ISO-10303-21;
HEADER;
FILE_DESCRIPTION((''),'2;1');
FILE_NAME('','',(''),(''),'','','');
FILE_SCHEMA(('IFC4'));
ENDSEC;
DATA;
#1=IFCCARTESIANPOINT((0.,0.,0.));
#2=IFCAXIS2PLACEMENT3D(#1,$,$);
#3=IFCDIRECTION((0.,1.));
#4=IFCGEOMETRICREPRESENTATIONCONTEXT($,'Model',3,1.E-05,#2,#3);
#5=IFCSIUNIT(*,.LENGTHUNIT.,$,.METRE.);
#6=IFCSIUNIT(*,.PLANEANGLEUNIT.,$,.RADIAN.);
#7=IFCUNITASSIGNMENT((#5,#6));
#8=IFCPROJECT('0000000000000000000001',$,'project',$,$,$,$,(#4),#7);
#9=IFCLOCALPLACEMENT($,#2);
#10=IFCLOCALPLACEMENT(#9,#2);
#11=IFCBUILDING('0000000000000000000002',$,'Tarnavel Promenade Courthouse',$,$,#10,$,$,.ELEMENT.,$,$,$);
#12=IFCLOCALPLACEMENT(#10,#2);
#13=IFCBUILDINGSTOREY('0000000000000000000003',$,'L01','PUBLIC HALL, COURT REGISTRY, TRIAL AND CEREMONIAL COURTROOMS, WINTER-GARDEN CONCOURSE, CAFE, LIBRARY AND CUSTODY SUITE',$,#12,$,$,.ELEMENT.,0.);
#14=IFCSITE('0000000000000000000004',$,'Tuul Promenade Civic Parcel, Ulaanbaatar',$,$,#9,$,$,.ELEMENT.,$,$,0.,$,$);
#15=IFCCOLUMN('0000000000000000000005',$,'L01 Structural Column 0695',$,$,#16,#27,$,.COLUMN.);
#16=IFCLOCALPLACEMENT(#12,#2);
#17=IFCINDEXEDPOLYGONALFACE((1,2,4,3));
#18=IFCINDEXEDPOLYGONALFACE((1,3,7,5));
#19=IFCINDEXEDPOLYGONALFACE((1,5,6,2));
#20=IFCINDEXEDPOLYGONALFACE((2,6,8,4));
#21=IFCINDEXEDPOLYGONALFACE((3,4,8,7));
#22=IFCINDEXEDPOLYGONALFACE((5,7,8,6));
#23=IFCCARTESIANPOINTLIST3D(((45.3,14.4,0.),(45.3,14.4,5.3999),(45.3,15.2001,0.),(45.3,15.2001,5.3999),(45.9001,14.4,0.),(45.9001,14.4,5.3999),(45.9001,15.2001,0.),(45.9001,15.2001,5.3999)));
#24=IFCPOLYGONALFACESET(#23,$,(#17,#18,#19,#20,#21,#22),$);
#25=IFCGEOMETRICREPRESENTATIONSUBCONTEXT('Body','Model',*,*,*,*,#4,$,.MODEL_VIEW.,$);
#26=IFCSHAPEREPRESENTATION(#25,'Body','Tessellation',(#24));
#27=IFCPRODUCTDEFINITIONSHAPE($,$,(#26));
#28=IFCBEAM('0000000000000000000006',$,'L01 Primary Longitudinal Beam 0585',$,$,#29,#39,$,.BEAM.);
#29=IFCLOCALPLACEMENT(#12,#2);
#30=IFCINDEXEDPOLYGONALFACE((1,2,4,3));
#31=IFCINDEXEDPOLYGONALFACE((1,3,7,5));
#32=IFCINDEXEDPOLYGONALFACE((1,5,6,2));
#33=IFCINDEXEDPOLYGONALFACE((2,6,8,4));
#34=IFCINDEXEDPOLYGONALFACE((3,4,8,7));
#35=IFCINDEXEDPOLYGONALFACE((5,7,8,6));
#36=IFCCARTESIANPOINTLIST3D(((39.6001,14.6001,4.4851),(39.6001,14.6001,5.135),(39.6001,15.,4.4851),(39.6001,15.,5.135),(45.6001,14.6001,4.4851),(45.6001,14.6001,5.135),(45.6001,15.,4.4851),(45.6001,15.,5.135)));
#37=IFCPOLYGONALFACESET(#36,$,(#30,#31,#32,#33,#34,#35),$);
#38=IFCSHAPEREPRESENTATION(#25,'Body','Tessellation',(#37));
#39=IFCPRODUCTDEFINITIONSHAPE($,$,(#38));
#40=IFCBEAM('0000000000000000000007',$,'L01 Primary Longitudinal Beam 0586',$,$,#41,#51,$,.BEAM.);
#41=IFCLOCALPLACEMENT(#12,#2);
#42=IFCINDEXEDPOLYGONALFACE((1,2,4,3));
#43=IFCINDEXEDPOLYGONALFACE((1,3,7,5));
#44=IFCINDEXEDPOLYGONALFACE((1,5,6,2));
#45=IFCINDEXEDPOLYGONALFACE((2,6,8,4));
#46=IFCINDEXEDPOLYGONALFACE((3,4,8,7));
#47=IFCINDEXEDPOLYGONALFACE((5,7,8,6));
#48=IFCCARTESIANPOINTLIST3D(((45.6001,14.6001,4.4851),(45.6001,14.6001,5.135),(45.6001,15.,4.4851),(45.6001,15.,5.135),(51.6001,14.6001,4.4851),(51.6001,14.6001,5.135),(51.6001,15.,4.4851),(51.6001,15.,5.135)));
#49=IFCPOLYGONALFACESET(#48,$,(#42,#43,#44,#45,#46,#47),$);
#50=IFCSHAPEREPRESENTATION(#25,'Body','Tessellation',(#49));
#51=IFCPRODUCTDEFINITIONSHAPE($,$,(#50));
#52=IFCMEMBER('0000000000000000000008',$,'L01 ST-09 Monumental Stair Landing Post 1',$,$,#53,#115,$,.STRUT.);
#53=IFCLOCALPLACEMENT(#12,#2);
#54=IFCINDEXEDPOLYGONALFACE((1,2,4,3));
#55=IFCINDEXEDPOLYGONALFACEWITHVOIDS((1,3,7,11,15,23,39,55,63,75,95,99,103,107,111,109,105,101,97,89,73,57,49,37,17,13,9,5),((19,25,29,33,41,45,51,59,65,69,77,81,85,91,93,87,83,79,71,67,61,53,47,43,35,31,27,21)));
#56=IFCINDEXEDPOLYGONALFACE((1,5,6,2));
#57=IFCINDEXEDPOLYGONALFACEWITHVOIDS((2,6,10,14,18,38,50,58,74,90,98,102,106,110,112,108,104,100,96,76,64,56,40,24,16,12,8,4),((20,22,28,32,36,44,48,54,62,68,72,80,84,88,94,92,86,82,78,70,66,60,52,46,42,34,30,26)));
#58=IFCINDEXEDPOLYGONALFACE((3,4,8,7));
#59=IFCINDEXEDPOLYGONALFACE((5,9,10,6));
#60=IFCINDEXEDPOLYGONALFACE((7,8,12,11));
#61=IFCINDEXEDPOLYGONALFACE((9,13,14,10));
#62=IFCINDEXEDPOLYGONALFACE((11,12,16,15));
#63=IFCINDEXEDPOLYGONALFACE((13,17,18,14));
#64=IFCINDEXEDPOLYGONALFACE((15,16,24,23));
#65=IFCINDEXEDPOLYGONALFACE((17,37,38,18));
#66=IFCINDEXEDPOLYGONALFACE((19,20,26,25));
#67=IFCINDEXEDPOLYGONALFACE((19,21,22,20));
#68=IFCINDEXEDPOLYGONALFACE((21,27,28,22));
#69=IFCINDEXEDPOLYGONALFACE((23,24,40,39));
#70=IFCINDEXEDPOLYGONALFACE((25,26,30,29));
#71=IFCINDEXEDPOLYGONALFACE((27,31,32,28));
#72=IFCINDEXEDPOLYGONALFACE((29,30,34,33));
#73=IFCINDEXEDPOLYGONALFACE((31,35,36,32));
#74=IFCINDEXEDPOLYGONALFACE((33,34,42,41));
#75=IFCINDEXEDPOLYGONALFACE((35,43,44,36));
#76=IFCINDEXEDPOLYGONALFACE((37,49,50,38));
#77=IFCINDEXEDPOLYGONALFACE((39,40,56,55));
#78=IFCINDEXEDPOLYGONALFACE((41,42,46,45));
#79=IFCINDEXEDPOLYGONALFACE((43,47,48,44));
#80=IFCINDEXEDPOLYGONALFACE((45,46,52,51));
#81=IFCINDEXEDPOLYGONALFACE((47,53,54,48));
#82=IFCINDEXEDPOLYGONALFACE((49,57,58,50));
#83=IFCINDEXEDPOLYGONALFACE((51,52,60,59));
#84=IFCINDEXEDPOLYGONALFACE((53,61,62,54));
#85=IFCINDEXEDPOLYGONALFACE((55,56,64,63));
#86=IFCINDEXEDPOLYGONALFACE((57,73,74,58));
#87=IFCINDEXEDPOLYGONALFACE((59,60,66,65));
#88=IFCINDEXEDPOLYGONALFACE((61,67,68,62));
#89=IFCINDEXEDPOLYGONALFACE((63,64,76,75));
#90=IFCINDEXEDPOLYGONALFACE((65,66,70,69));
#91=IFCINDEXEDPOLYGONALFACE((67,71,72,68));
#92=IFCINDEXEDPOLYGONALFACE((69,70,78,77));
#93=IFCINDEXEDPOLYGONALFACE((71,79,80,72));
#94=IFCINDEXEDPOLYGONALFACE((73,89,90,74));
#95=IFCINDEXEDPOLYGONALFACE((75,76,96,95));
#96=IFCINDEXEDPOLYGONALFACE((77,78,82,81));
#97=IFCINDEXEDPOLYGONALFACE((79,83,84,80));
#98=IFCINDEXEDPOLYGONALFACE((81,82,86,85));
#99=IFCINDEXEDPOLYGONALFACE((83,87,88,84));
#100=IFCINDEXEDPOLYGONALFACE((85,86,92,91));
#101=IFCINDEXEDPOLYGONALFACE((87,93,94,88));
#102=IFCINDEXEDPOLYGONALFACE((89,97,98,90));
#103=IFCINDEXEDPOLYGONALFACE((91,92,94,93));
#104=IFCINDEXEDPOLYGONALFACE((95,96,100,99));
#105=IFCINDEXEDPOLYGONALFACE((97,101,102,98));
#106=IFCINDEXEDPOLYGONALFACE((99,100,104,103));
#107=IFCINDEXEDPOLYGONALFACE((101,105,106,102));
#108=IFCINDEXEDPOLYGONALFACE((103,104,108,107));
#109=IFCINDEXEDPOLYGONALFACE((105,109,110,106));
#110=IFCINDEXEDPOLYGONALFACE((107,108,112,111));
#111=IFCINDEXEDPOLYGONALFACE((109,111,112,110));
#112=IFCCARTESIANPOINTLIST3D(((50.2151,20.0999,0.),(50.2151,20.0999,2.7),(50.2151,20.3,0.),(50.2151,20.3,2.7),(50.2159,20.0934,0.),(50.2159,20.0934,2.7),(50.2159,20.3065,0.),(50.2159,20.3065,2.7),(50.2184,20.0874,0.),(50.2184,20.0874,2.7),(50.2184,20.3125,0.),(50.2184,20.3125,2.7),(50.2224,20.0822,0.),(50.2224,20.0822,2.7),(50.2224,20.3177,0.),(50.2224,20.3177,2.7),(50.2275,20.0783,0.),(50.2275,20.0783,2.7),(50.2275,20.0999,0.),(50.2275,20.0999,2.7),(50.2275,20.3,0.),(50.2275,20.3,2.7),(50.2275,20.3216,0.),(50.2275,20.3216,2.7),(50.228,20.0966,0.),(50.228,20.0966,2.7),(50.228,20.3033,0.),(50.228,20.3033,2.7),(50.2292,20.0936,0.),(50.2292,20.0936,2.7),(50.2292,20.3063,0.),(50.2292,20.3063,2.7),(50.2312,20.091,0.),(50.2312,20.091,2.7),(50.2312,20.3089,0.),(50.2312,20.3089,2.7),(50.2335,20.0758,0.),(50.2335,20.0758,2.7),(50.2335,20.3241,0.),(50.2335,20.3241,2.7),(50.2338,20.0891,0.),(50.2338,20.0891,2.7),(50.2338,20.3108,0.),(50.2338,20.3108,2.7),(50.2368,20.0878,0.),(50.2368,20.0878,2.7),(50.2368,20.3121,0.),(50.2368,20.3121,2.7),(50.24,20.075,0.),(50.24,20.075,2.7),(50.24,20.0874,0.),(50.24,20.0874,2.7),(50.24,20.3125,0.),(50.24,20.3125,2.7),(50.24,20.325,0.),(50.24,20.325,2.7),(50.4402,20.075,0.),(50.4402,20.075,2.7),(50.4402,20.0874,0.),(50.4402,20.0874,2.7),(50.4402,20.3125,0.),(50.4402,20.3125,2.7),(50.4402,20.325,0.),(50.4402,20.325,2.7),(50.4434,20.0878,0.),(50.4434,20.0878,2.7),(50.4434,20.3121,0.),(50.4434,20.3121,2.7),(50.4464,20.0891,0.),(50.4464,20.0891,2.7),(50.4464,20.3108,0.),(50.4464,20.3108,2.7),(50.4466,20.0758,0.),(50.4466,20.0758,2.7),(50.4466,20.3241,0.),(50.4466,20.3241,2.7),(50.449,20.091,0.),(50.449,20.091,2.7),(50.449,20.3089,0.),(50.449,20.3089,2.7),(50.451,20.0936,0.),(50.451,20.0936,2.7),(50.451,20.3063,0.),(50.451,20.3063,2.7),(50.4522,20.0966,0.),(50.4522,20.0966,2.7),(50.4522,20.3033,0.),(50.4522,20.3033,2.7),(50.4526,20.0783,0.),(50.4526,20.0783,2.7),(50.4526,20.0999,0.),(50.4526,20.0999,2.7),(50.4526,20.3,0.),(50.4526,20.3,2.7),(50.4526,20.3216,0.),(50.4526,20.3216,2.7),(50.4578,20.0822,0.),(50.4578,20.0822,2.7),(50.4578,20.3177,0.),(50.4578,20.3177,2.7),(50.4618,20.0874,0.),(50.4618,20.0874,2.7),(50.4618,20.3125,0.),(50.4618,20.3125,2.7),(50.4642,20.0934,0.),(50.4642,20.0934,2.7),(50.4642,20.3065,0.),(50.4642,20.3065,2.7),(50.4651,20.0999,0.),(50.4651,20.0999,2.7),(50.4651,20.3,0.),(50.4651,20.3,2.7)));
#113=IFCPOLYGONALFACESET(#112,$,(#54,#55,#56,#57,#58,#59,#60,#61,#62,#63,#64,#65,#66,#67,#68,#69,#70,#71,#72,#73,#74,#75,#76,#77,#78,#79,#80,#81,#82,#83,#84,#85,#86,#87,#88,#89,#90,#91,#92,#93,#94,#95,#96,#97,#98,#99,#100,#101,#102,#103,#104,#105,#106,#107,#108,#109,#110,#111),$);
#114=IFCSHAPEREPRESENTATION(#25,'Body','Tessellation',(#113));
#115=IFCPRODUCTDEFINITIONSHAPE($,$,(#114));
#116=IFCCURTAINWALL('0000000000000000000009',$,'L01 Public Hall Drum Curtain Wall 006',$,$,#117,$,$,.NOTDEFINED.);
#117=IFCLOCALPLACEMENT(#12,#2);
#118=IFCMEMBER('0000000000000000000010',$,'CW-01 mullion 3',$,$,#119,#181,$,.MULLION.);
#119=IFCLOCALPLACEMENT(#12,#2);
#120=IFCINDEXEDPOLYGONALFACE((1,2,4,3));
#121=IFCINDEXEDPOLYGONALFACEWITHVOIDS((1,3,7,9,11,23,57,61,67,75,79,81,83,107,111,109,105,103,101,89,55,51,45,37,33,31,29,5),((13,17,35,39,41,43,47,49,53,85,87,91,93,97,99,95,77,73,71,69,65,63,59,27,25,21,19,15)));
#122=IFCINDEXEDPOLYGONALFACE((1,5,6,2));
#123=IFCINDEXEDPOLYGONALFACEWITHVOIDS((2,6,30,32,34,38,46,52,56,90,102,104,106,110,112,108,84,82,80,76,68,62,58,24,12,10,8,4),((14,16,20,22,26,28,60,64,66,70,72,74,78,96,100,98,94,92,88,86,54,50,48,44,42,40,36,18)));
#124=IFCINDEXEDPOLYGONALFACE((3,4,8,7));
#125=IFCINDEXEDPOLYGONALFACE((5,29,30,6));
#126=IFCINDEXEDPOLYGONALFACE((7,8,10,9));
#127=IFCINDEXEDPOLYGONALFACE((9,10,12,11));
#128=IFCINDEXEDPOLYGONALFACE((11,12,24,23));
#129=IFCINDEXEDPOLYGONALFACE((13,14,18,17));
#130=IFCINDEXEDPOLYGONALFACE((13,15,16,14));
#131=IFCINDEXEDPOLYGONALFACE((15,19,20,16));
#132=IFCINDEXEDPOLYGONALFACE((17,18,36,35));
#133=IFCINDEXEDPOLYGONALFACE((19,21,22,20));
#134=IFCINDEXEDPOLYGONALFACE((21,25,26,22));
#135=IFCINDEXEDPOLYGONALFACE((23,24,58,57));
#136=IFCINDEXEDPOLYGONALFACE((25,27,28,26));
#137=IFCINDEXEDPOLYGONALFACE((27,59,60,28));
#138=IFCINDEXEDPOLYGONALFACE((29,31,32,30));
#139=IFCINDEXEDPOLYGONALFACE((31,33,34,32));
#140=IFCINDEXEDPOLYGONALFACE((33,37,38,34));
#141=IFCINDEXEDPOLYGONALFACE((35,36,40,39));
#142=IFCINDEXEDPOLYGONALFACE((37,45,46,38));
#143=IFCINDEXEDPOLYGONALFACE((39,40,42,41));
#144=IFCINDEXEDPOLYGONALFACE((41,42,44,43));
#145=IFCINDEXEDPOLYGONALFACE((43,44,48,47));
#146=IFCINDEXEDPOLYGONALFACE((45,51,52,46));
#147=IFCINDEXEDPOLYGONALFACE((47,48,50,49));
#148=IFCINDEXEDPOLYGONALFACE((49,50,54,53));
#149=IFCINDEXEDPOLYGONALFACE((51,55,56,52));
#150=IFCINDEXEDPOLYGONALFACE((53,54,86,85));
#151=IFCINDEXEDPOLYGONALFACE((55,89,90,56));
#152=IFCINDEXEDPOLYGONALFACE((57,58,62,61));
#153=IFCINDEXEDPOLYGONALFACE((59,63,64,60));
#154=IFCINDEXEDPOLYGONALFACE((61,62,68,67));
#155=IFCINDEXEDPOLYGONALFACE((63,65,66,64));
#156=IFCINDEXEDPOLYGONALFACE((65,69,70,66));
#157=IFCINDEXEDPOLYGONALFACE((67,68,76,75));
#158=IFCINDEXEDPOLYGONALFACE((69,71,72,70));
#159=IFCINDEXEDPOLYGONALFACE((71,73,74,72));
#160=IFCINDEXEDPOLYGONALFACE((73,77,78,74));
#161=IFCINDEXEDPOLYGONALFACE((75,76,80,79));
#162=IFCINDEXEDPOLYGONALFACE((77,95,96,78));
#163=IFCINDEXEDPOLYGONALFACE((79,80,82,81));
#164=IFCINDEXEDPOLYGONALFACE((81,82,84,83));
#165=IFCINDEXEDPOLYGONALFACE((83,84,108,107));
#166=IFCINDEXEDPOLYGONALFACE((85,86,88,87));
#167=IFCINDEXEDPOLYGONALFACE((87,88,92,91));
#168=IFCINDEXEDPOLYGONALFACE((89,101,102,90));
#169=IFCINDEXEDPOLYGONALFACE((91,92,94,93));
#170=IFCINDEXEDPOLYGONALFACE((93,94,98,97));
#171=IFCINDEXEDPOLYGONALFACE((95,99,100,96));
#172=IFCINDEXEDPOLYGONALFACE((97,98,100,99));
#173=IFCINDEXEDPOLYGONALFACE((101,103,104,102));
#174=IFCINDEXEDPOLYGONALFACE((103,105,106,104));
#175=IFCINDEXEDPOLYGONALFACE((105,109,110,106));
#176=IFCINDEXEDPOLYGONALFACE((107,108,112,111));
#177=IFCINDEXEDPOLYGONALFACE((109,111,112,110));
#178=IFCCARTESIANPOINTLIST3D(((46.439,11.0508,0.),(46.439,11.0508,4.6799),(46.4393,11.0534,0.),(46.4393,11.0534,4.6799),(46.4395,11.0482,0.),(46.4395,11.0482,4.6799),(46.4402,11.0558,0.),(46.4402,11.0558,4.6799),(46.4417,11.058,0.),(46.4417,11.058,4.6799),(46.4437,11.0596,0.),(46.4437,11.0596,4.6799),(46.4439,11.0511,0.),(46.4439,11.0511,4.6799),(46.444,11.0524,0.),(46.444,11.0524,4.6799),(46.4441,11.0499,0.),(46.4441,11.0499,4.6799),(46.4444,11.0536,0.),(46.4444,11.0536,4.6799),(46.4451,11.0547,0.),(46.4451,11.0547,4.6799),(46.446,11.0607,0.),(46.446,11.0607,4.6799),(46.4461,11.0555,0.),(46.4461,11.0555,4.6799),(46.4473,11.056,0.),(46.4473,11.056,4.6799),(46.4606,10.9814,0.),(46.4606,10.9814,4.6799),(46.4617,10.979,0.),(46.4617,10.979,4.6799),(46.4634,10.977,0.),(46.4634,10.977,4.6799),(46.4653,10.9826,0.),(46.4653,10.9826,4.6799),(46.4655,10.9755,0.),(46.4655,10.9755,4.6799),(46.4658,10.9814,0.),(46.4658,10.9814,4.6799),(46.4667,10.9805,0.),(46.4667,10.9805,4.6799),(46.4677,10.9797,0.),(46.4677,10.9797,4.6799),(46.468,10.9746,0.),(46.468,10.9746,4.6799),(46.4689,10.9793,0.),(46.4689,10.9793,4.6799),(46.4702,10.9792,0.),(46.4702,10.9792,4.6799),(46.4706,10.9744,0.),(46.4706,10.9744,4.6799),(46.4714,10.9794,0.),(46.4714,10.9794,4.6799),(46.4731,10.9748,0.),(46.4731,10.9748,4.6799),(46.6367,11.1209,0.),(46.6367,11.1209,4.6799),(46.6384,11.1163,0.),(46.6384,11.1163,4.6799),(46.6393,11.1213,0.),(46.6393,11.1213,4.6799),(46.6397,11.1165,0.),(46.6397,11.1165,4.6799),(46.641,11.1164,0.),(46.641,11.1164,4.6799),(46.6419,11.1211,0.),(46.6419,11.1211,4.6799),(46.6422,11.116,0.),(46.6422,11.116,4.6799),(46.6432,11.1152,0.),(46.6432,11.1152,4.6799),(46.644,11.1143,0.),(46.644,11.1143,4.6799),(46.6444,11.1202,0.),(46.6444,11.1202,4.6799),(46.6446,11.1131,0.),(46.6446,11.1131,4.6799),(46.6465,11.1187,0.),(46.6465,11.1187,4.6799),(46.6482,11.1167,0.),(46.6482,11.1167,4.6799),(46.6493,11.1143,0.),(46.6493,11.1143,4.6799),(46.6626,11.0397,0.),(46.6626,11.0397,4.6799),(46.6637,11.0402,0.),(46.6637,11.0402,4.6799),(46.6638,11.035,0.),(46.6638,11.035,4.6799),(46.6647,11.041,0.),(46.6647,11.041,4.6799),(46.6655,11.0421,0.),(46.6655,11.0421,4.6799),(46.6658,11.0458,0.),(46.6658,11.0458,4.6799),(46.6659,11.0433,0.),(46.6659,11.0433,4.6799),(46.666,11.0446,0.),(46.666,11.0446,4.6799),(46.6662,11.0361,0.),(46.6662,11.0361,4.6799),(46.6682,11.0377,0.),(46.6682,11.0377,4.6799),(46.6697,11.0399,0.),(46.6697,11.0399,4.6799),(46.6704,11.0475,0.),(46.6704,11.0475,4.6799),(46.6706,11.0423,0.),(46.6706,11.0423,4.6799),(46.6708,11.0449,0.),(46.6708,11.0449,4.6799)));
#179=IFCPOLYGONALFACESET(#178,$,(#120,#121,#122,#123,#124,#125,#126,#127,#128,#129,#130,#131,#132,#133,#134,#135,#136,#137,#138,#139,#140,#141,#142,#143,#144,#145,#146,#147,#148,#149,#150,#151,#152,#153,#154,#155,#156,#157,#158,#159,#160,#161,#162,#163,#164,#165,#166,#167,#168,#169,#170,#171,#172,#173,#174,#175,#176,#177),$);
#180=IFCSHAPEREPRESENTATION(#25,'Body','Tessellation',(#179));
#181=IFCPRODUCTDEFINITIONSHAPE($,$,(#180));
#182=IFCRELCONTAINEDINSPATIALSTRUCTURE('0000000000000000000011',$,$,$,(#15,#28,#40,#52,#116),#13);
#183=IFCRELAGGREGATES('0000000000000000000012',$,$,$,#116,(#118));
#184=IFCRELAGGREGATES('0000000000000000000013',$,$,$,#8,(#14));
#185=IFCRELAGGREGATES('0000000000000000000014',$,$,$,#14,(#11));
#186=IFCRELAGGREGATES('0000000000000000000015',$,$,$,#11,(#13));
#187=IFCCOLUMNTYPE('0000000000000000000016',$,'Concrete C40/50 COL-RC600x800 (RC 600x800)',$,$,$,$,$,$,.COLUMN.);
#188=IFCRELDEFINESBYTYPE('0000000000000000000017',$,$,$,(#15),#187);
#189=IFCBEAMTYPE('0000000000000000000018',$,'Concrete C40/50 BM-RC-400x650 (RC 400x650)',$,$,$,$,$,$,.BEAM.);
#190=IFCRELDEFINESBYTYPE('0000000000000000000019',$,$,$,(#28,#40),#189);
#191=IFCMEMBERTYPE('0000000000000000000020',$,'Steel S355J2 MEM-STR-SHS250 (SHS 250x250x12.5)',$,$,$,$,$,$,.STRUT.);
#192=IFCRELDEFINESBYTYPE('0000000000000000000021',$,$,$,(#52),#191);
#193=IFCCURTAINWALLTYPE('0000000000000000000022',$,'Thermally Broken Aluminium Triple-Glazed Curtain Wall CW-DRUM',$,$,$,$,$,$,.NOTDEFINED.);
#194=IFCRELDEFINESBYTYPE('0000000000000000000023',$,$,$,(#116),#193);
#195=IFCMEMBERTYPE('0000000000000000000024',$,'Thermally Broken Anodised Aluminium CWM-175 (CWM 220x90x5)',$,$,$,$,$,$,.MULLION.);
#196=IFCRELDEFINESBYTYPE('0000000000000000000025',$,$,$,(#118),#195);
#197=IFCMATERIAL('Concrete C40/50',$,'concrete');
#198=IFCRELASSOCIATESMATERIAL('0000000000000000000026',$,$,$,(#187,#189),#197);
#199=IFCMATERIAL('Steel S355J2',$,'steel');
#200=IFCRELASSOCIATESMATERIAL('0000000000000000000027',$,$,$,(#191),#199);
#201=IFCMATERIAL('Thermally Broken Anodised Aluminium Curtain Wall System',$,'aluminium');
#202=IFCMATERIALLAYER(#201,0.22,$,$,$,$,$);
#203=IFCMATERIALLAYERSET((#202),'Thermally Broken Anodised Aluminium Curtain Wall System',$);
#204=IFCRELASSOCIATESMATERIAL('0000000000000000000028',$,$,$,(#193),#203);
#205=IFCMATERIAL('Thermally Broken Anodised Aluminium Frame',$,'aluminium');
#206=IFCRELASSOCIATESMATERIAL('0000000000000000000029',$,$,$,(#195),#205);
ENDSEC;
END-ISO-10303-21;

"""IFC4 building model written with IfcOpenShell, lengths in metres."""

from ifc_helpers import new_model, si_unit, direction, frame, origin, origin_2d, place, context, subcontext, project, spatial, rectangle, hollow_rectangle, extrude, material, layer, layer_set, material_profile, profile_set, type_object, element, aggregate, save


model = new_model("IFC4")

# Units and contexts
model_context = context("Model", 3, precision=1e-05, world=origin(), true_north=direction((0.0, 1.0)))
body_context = subcontext(model_context, "Body", "Model", "MODEL_VIEW")
ifc_project = project(units=[si_unit("LENGTHUNIT", "METRE"), si_unit("PLANEANGLEUNIT", "RADIAN")], contexts=[model_context])

# Site, building, storey
site_placement = place(None, origin())
site = spatial("IfcSite", under=ifc_project, at=site_placement, Name="Tuul Promenade Civic Parcel, Ulaanbaatar", CompositionType="ELEMENT", RefElevation=0.0)
building_placement = place(site_placement, origin())
building = spatial("IfcBuilding", under=site, at=building_placement, Name="Tarnavel Promenade Courthouse", CompositionType="ELEMENT")
storey_placement = place(building_placement, origin())
storey = spatial("IfcBuildingStorey", under=building, at=storey_placement, Name="L01", Description="PUBLIC HALL, COURT REGISTRY, TRIAL AND CEREMONIAL COURTROOMS, WINTER-GARDEN CONCOURSE, CAFE, LIBRARY AND CUSTODY SUITE", CompositionType="ELEMENT", Elevation=0.0)

# Column
ifc_material_1 = material(Name="Concrete C40/50", Category="concrete")
ifc_material_profile_1 = material_profile(ifc_material_1, rectangle(XDim=0.6001, YDim=0.8, at=origin_2d()), Name="RC 600x800")
ifc_profile_set_1 = profile_set([ifc_material_profile_1], Name="Concrete C40/50")
column_type = type_object("IfcColumnType", Name="Concrete C40/50 COL-RC600x800 (RC 600x800)", PredefinedType="COLUMN", material=ifc_profile_set_1)
column_placement = place(storey_placement, frame((45.6001, 14.8, 0.0), z_axis=(0.0, 0.0, 1.0), x_axis=(1.0, 0.0, 0.0)))
element("IfcColumn", 1, at=column_placement, inside=storey, type_object=column_type, Name="L01 Structural Column 0695", PredefinedType="COLUMN", context=body_context, shape_type="SweptSolid", body=[
    extrude(rectangle(XDim=0.6001, YDim=0.8, at=origin_2d()), origin(), (0.0, 0.0, 1.0), 5.3999),
])

# Beams
ifc_material_profile_2 = material_profile(ifc_material_1, rectangle(XDim=0.3999, YDim=0.6499, at=origin_2d()), Name="RC 400x650")
ifc_profile_set_2 = profile_set([ifc_material_profile_2], Name="Concrete C40/50")
beam_type = type_object("IfcBeamType", Name="Concrete C40/50 BM-RC-400x650 (RC 400x650)", PredefinedType="BEAM", material=ifc_profile_set_2)
for number, where, z_axis, x_axis, name in (
    (2, (39.6001, 14.8, 4.8101), (1.0, 0.0, 0.0), (0.0, 1.0, 0.0), "L01 Primary Longitudinal Beam 0585"),
    (3, (45.6001, 14.8, 4.8101), (1.0, 0.0, 0.0), (0.0, 1.0, 0.0), "L01 Primary Longitudinal Beam 0586"),
):
    element("IfcBeam", number, at=place(storey_placement, frame(where, z_axis=z_axis, x_axis=x_axis)), inside=storey, type_object=beam_type, Name=name, PredefinedType="BEAM", context=body_context, shape_type="SweptSolid", body=[
        extrude(rectangle(XDim=0.3999, YDim=0.6499, at=origin_2d()), origin(), (0.0, 0.0, 1.0), 6.0),
    ])

# Member
ifc_material_2 = material(Name="Steel S355J2", Category="steel")
ifc_material_profile_3 = material_profile(ifc_material_2, hollow_rectangle(XDim=0.25, YDim=0.25, WallThickness=0.0125, InnerFilletRadius=0.0125, OuterFilletRadius=0.0249, at=origin_2d()), Name="SHS 250x250x12.5")
ifc_profile_set_3 = profile_set([ifc_material_profile_3], Name="Steel S355J2")
member_type_1 = type_object("IfcMemberType", Name="Steel S355J2 MEM-STR-SHS250 (SHS 250x250x12.5)", PredefinedType="STRUT", material=ifc_profile_set_3)
member_1_placement = place(storey_placement, frame((50.3401, 20.2, 0.0), z_axis=(0.0, 0.0, 1.0), x_axis=(1.0, 0.0, 0.0)))
element("IfcMember", 4, at=member_1_placement, inside=storey, type_object=member_type_1, Name="L01 ST-09 Monumental Stair Landing Post 1", PredefinedType="STRUT", context=body_context, shape_type="SweptSolid", body=[
    extrude(hollow_rectangle(XDim=0.25, YDim=0.25, WallThickness=0.0125, InnerFilletRadius=0.0125, OuterFilletRadius=0.0249, at=origin_2d()), origin(), (0.0, 0.0, 1.0), 2.7),
])

# Curtain wall, member
ifc_material_3 = material(Name="Thermally Broken Anodised Aluminium Curtain Wall System", Category="aluminium")
ifc_layer_1 = layer(ifc_material_3, 0.22)
ifc_layer_set_1 = layer_set([ifc_layer_1], Name="Thermally Broken Anodised Aluminium Curtain Wall System")
curtain_wall_type = type_object("IfcCurtainWallType", Name="Thermally Broken Aluminium Triple-Glazed Curtain Wall CW-DRUM", PredefinedType="NOTDEFINED", material=ifc_layer_set_1)
curtain_wall_1_placement = place(storey_placement, origin())
curtain_wall_1 = element("IfcCurtainWall", 5, at=curtain_wall_1_placement, inside=storey, type_object=curtain_wall_type, Name="L01 Public Hall Drum Curtain Wall 006", PredefinedType="NOTDEFINED")
ifc_material_4 = material(Name="Thermally Broken Anodised Aluminium Frame", Category="aluminium")
ifc_material_profile_4 = material_profile(ifc_material_4, hollow_rectangle(XDim=0.0901, YDim=0.22, WallThickness=0.0049, InnerFilletRadius=0.0049, OuterFilletRadius=0.01, at=origin_2d()), Name="CWM 220x90x5")
ifc_profile_set_4 = profile_set([ifc_material_profile_4], Name="Thermally Broken Anodised Aluminium Frame")
member_type_2 = type_object("IfcMemberType", Name="Thermally Broken Anodised Aluminium CWM-175 (CWM 220x90x5)", PredefinedType="MULLION", material=ifc_profile_set_4)
member_2_placement = place(storey_placement, frame((46.5549, 11.0479, 0.0), z_axis=(0.0, 0.0, 1.0), x_axis=(-0.300704, 0.953718, 0.0)))
member_2 = element("IfcMember", 6, at=member_2_placement, type_object=member_type_2, Name="CW-01 mullion 3", PredefinedType="MULLION", context=body_context, shape_type="SweptSolid", body=[
    extrude(hollow_rectangle(XDim=0.0901, YDim=0.22, WallThickness=0.0049, InnerFilletRadius=0.0049, OuterFilletRadius=0.01, at=origin_2d()), origin(), (0.0, 0.0, 1.0), 4.6799),
])

aggregate(curtain_wall_1, [member_2])

save(model, "model.ifc")
